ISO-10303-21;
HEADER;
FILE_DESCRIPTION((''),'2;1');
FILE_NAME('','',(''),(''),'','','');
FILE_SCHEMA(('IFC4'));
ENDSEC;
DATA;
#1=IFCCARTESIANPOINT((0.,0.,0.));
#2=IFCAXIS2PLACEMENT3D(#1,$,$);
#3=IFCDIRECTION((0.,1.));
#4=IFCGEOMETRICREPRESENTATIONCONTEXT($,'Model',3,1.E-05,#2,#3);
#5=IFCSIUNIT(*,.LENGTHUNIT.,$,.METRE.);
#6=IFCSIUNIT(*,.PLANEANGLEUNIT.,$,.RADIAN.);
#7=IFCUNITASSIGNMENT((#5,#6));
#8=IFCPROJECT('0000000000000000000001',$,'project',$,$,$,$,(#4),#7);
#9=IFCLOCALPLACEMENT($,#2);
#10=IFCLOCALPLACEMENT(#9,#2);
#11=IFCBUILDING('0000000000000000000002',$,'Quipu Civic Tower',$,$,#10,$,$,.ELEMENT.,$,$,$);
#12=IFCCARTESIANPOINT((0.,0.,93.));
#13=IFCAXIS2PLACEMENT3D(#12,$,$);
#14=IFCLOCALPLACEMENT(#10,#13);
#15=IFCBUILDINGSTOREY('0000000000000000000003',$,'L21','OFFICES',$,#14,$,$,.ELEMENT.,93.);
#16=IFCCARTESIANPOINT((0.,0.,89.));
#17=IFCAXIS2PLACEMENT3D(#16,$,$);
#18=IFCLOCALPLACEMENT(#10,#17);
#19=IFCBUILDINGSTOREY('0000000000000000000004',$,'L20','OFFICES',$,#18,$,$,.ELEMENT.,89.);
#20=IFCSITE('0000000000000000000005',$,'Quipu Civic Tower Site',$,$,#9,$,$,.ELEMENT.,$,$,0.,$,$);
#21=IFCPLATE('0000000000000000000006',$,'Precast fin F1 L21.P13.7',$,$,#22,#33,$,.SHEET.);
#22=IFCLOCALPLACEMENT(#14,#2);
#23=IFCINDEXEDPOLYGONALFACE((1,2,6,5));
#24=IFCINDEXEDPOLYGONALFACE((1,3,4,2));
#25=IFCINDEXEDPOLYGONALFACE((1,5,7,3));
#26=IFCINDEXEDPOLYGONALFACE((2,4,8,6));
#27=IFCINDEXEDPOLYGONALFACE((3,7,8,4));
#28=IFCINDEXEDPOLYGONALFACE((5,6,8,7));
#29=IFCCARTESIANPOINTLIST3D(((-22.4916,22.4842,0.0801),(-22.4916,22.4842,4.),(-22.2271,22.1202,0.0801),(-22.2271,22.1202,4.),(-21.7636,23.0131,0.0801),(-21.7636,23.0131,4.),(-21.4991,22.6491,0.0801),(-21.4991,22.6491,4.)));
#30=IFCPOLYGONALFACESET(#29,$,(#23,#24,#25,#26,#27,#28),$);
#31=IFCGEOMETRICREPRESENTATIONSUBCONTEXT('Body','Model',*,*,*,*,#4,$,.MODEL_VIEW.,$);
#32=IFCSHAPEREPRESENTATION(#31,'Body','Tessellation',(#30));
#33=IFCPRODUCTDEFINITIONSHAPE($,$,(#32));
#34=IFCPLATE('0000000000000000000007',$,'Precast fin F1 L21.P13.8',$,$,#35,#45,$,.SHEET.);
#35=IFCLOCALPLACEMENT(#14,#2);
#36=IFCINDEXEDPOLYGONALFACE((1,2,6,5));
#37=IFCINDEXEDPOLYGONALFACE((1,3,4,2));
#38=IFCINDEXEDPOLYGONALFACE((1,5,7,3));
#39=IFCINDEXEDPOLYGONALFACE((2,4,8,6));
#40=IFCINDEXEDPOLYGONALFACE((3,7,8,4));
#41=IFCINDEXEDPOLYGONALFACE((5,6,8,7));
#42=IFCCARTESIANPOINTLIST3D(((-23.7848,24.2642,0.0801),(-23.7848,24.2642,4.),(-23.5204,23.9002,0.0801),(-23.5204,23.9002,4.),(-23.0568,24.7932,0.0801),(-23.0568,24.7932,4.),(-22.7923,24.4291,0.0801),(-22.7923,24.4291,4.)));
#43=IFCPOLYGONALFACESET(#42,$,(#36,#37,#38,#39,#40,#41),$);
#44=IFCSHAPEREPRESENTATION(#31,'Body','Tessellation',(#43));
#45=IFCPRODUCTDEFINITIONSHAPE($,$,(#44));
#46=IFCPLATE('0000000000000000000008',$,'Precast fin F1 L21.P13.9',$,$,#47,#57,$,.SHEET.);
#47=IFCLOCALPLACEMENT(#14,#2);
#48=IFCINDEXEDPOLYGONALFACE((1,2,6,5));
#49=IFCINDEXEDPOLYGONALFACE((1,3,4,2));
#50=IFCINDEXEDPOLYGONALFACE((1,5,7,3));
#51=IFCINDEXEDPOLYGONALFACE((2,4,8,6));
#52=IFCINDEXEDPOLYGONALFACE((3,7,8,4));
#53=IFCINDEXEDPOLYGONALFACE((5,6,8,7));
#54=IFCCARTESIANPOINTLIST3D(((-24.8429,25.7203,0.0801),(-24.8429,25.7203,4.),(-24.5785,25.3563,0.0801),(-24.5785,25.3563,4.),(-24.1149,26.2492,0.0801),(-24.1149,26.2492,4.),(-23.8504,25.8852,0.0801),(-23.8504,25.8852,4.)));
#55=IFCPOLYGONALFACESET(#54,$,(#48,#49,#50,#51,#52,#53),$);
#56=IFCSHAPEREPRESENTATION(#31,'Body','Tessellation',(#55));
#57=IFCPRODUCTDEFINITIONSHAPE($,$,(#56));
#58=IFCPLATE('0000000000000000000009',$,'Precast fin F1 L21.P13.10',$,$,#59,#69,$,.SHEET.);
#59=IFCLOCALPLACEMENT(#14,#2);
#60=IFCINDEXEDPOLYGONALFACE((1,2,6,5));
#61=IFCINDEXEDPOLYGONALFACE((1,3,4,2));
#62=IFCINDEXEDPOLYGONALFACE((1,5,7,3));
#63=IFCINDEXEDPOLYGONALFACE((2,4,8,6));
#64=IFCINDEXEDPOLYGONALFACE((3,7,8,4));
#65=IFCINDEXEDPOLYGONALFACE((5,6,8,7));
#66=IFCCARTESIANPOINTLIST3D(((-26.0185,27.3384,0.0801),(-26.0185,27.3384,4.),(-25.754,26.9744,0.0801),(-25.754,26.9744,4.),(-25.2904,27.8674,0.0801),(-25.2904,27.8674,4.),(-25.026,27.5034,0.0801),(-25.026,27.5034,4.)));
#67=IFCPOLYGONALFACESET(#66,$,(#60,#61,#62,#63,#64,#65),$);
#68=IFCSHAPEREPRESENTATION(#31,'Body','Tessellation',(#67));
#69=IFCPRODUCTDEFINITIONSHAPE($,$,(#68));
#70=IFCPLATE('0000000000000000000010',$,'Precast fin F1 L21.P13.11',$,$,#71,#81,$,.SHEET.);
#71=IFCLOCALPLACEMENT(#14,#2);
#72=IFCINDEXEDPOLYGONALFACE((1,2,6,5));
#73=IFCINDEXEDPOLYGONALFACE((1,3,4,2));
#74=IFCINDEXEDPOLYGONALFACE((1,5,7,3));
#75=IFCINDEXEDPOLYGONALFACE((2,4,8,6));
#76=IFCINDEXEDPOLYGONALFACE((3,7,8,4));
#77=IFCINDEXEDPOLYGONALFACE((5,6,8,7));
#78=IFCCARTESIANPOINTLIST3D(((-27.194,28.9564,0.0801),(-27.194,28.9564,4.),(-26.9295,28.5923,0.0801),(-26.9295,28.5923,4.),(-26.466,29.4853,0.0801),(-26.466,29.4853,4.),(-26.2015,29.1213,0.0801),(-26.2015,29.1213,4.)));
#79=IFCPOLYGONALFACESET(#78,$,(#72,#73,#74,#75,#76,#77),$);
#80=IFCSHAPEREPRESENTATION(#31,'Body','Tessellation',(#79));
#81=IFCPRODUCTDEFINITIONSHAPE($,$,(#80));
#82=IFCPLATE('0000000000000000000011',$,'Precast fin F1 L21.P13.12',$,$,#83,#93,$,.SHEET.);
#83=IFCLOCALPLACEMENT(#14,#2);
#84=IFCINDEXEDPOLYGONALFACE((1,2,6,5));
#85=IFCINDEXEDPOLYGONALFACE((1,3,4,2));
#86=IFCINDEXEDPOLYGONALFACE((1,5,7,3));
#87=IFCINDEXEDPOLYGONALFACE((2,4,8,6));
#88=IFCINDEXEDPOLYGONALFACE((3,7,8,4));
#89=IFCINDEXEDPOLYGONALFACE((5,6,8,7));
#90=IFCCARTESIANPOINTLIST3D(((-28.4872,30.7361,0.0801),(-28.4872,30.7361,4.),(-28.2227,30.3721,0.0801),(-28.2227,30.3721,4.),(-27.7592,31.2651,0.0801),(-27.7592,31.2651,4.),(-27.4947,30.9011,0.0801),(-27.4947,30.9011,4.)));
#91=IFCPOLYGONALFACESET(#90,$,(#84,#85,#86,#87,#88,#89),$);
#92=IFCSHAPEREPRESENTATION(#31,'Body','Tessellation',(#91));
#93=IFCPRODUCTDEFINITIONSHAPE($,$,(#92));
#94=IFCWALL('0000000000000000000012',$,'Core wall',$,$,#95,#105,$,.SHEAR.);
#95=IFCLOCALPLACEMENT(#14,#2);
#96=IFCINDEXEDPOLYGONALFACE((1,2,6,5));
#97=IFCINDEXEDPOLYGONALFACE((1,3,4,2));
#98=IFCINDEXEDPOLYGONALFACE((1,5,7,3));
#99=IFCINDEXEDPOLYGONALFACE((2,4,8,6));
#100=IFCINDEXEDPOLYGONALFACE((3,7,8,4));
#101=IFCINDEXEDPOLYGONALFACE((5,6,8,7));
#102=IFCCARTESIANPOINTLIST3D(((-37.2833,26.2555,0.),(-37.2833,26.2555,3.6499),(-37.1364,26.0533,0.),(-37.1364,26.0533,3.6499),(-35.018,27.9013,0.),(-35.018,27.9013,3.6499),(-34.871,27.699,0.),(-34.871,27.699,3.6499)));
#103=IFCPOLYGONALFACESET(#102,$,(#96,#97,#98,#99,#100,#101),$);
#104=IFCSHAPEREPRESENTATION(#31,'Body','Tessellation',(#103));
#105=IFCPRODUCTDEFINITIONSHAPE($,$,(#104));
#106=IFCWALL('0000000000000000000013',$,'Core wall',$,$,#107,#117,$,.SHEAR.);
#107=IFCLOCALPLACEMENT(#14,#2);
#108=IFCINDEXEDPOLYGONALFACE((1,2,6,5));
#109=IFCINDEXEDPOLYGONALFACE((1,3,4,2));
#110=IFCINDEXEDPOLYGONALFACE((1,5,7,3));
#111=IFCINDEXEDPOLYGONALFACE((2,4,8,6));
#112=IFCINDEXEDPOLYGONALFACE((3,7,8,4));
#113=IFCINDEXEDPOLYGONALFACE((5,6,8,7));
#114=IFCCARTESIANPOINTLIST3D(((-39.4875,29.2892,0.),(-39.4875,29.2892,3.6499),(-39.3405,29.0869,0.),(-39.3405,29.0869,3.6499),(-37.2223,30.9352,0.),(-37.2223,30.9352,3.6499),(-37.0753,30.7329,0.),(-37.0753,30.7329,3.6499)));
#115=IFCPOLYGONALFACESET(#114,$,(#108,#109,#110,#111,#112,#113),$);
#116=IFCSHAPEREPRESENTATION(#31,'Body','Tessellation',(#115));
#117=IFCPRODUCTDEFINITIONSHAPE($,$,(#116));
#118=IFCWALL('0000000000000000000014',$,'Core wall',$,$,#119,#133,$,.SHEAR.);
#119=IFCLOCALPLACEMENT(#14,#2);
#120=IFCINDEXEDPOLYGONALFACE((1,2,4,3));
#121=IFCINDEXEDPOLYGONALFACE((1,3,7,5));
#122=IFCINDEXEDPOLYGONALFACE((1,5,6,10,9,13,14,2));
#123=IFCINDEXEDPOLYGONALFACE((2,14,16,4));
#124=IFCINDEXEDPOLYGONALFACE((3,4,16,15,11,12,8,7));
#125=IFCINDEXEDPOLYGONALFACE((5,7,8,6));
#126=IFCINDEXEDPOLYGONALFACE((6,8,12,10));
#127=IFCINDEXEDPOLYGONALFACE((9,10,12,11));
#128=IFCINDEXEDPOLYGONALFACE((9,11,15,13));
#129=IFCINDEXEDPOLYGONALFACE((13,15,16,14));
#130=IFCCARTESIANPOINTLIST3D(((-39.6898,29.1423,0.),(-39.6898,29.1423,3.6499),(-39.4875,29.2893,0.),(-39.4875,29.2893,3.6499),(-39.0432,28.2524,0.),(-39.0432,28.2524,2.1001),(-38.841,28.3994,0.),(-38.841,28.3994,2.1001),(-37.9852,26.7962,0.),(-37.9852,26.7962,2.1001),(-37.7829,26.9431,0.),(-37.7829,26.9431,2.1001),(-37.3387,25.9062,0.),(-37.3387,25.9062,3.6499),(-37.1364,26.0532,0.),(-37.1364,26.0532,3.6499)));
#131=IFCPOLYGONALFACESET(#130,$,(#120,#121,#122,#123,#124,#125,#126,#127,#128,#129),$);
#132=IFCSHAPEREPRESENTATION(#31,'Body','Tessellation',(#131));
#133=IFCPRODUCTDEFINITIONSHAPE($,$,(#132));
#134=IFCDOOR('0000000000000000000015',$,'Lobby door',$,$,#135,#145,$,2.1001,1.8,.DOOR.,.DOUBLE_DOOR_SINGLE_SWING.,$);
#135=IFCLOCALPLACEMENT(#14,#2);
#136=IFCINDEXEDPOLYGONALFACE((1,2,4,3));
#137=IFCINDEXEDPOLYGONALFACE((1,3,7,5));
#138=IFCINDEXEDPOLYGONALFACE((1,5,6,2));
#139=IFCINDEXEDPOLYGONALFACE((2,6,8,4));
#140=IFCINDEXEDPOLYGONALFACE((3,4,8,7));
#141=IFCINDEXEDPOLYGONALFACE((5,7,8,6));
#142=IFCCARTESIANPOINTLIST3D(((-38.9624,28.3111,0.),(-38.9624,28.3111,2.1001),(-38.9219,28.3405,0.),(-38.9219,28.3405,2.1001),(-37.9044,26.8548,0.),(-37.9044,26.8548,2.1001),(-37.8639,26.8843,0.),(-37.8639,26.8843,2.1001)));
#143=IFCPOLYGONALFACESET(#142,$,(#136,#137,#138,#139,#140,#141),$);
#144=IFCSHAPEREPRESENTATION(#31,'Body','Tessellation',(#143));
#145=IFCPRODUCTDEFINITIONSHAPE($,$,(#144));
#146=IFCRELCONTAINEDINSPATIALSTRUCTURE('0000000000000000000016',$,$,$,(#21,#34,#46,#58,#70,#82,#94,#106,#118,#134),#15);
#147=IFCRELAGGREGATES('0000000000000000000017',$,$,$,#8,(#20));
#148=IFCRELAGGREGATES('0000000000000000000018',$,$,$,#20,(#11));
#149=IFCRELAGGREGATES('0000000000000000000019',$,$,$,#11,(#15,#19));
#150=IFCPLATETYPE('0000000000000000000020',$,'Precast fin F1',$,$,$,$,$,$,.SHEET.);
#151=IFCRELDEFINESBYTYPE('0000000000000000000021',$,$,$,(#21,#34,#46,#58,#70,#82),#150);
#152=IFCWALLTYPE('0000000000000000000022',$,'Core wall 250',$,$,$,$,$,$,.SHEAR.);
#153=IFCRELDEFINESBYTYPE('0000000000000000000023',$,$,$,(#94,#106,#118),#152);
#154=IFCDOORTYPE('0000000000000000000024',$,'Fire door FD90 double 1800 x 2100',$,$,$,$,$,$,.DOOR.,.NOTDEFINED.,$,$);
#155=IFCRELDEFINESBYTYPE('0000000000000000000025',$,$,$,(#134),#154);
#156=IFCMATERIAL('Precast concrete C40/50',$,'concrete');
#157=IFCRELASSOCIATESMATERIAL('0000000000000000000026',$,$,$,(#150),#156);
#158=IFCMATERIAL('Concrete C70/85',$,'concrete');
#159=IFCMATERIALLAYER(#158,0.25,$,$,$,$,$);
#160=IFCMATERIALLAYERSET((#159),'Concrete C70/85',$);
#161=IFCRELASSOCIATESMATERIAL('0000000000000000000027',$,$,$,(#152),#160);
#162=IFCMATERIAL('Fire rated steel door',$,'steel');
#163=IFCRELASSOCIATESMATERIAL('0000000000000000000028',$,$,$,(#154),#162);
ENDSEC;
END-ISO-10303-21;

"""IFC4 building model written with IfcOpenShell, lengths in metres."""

from ifc_helpers import new_model, si_unit, direction, frame, frame_2d, origin, origin_2d, place, context, subcontext, project, spatial, rectangle, extrude, material, layer, layer_set, type_object, element, fill, save


model = new_model("IFC4")

# Units and contexts
model_context = context("Model", 3, precision=1e-05, world=origin(), true_north=direction((0.0, 1.0)))
body_context = subcontext(model_context, "Body", "Model", "MODEL_VIEW")
ifc_project = project(units=[si_unit("LENGTHUNIT", "METRE"), si_unit("PLANEANGLEUNIT", "RADIAN")], contexts=[model_context])

# Site, building, storey
site_placement = place(None, origin())
site = spatial("IfcSite", under=ifc_project, at=site_placement, Name="Quipu Civic Tower Site", CompositionType="ELEMENT", RefElevation=0.0)
building_placement = place(site_placement, origin())
building = spatial("IfcBuilding", under=site, at=building_placement, Name="Quipu Civic Tower", CompositionType="ELEMENT")
storey_1_placement = place(building_placement, frame((0.0, 0.0, 93.0)))
storey_1 = spatial("IfcBuildingStorey", under=building, at=storey_1_placement, Name="L21", Description="OFFICES", CompositionType="ELEMENT", Elevation=93.0)

# Shared definitions
storey_2_placement = place(building_placement, frame((0.0, 0.0, 89.0)))
storey_2 = spatial("IfcBuildingStorey", under=building, at=storey_2_placement, Name="L20", Description="OFFICES", CompositionType="ELEMENT", Elevation=89.0)

# Plates
ifc_material_1 = material(Name="Precast concrete C40/50", Category="concrete")
plate_type_1 = type_object("IfcPlateType", Name="Precast fin F1", PredefinedType="SHEET", material=ifc_material_1)
for number, where, z_axis, x_axis, name in (
    (1, (-21.9954, 22.5667, 0.0801), (0.0, 0.0, 1.0), (-0.587785, 0.809017, 0.0), "Precast fin F1 L21.P13.7"),
    (2, (-23.2886, 24.3467, 0.0801), (0.0, 0.0, 1.0), (-0.587785, 0.809017, 0.0), "Precast fin F1 L21.P13.8"),
    (3, (-24.3467, 25.8027, 0.0801), (0.0, 0.0, 1.0), (-0.587785, 0.809017, 0.0), "Precast fin F1 L21.P13.9"),
    (4, (-25.5222, 27.4209, 0.0801), (0.0, 0.0, 1.0), (-0.587785, 0.809017, 0.0), "Precast fin F1 L21.P13.10"),
    (5, (-26.6978, 29.0388, 0.0801), (0.0, 0.0, 1.0), (-0.587785, 0.809017, 0.0), "Precast fin F1 L21.P13.11"),
    (6, (-27.991, 30.8186, 0.0801), (0.0, 0.0, 1.0), (-0.587785, 0.809017, 0.0), "Precast fin F1 L21.P13.12"),
):
    element("IfcPlate", number, at=place(storey_1_placement, frame(where, z_axis=z_axis, x_axis=x_axis)), inside=storey_1, type_object=plate_type_1, Name=name, PredefinedType="SHEET", context=body_context, shape_type="SweptSolid", body=[
        extrude(rectangle(XDim=0.45, YDim=0.8999, at=origin_2d()), origin(), (0.0, 0.0, 1.0), 3.9199),
    ])

# Walls
ifc_material_2 = material(Name="Concrete C70/85", Category="concrete")
ifc_layer_1 = layer(ifc_material_2, 0.25)
ifc_layer_set_1 = layer_set([ifc_layer_1], Name="Concrete C70/85")
wall_type_1 = type_object("IfcWallType", Name="Core wall 250", PredefinedType="SHEAR", material=ifc_layer_set_1)
for number, where, z_axis, x_axis, name in (
    (7, (-34.9446, 27.8, 0.0), (0.0, 0.0, 1.0), (-0.809041, -0.587752, 0.0), "Core wall"),
    (8, (-37.1489, 30.834, 0.0), (0.0, 0.0, 1.0), (-0.80897, -0.58785, 0.0), "Core wall"),
):
    element("IfcWall", number, at=place(storey_1_placement, frame(where, z_axis=z_axis, x_axis=x_axis)), inside=storey_1, type_object=wall_type_1, Name=name, PredefinedType="SHEAR", context=body_context, shape_type="SweptSolid", body=[
        extrude(rectangle(XDim=2.8, YDim=0.25, at=frame_2d((1.3999, 0.0))), origin(), (0.0, 0.0, 1.0), 3.6499),
    ])

# Wall, opening, door
wall_1_placement = place(storey_1_placement, frame((-39.5886, 29.2158, 0.0), z_axis=(0.0, 0.0, 1.0), x_axis=(0.587772, -0.809026, 0.0)))
wall_1 = element("IfcWall", 9, at=wall_1_placement, inside=storey_1, type_object=wall_type_1, Name="Core wall", PredefinedType="SHEAR", context=body_context, shape_type="SweptSolid", body=[
    extrude(rectangle(XDim=4.0, YDim=0.25, at=frame_2d((2.0, 0.0))), origin(), (0.0, 0.0, 1.0), 3.6499),
])
opening_1_placement = place(wall_1_placement, frame((1.1001, 0.0, 0.0)))
opening_1 = element("IfcOpeningElement", 10, at=opening_1_placement, cuts=wall_1, PredefinedType="OPENING", context=body_context, shape_type="SweptSolid", body=[
    extrude(rectangle(XDim=1.8, YDim=2.1001, at=frame_2d((0.8999, 1.05))), frame((0.0, 0.135, 0.0), z_axis=(0.0, -1.0, 0.0), x_axis=(1.0, 0.0, 0.0)), (0.0, 0.0, 1.0), 0.27),
])
ifc_material_3 = material(Name="Fire rated steel door", Category="steel")
door_type_1 = type_object("IfcDoorType", Name="Fire door FD90 double 1800 x 2100", OperationType="NOTDEFINED", PredefinedType="DOOR", material=ifc_material_3)
door_1_placement = place(opening_1_placement, origin())
door_1 = element("IfcDoor", 11, at=door_1_placement, inside=storey_1, type_object=door_type_1, Name="Lobby door", OperationType="DOUBLE_DOOR_SINGLE_SWING", OverallHeight=2.1001, OverallWidth=1.8, PredefinedType="DOOR", context=body_context, shape_type="SweptSolid", body=[
    extrude(rectangle(XDim=1.8, YDim=2.1001, at=frame_2d((0.8999, 1.05))), frame((0.0, 0.0249, 0.0), z_axis=(0.0, -1.0, 0.0), x_axis=(1.0, 0.0, 0.0)), (0.0, 0.0, 1.0), 0.05),
])
fill(opening_1, door_1)

save(model, "model.ifc")
